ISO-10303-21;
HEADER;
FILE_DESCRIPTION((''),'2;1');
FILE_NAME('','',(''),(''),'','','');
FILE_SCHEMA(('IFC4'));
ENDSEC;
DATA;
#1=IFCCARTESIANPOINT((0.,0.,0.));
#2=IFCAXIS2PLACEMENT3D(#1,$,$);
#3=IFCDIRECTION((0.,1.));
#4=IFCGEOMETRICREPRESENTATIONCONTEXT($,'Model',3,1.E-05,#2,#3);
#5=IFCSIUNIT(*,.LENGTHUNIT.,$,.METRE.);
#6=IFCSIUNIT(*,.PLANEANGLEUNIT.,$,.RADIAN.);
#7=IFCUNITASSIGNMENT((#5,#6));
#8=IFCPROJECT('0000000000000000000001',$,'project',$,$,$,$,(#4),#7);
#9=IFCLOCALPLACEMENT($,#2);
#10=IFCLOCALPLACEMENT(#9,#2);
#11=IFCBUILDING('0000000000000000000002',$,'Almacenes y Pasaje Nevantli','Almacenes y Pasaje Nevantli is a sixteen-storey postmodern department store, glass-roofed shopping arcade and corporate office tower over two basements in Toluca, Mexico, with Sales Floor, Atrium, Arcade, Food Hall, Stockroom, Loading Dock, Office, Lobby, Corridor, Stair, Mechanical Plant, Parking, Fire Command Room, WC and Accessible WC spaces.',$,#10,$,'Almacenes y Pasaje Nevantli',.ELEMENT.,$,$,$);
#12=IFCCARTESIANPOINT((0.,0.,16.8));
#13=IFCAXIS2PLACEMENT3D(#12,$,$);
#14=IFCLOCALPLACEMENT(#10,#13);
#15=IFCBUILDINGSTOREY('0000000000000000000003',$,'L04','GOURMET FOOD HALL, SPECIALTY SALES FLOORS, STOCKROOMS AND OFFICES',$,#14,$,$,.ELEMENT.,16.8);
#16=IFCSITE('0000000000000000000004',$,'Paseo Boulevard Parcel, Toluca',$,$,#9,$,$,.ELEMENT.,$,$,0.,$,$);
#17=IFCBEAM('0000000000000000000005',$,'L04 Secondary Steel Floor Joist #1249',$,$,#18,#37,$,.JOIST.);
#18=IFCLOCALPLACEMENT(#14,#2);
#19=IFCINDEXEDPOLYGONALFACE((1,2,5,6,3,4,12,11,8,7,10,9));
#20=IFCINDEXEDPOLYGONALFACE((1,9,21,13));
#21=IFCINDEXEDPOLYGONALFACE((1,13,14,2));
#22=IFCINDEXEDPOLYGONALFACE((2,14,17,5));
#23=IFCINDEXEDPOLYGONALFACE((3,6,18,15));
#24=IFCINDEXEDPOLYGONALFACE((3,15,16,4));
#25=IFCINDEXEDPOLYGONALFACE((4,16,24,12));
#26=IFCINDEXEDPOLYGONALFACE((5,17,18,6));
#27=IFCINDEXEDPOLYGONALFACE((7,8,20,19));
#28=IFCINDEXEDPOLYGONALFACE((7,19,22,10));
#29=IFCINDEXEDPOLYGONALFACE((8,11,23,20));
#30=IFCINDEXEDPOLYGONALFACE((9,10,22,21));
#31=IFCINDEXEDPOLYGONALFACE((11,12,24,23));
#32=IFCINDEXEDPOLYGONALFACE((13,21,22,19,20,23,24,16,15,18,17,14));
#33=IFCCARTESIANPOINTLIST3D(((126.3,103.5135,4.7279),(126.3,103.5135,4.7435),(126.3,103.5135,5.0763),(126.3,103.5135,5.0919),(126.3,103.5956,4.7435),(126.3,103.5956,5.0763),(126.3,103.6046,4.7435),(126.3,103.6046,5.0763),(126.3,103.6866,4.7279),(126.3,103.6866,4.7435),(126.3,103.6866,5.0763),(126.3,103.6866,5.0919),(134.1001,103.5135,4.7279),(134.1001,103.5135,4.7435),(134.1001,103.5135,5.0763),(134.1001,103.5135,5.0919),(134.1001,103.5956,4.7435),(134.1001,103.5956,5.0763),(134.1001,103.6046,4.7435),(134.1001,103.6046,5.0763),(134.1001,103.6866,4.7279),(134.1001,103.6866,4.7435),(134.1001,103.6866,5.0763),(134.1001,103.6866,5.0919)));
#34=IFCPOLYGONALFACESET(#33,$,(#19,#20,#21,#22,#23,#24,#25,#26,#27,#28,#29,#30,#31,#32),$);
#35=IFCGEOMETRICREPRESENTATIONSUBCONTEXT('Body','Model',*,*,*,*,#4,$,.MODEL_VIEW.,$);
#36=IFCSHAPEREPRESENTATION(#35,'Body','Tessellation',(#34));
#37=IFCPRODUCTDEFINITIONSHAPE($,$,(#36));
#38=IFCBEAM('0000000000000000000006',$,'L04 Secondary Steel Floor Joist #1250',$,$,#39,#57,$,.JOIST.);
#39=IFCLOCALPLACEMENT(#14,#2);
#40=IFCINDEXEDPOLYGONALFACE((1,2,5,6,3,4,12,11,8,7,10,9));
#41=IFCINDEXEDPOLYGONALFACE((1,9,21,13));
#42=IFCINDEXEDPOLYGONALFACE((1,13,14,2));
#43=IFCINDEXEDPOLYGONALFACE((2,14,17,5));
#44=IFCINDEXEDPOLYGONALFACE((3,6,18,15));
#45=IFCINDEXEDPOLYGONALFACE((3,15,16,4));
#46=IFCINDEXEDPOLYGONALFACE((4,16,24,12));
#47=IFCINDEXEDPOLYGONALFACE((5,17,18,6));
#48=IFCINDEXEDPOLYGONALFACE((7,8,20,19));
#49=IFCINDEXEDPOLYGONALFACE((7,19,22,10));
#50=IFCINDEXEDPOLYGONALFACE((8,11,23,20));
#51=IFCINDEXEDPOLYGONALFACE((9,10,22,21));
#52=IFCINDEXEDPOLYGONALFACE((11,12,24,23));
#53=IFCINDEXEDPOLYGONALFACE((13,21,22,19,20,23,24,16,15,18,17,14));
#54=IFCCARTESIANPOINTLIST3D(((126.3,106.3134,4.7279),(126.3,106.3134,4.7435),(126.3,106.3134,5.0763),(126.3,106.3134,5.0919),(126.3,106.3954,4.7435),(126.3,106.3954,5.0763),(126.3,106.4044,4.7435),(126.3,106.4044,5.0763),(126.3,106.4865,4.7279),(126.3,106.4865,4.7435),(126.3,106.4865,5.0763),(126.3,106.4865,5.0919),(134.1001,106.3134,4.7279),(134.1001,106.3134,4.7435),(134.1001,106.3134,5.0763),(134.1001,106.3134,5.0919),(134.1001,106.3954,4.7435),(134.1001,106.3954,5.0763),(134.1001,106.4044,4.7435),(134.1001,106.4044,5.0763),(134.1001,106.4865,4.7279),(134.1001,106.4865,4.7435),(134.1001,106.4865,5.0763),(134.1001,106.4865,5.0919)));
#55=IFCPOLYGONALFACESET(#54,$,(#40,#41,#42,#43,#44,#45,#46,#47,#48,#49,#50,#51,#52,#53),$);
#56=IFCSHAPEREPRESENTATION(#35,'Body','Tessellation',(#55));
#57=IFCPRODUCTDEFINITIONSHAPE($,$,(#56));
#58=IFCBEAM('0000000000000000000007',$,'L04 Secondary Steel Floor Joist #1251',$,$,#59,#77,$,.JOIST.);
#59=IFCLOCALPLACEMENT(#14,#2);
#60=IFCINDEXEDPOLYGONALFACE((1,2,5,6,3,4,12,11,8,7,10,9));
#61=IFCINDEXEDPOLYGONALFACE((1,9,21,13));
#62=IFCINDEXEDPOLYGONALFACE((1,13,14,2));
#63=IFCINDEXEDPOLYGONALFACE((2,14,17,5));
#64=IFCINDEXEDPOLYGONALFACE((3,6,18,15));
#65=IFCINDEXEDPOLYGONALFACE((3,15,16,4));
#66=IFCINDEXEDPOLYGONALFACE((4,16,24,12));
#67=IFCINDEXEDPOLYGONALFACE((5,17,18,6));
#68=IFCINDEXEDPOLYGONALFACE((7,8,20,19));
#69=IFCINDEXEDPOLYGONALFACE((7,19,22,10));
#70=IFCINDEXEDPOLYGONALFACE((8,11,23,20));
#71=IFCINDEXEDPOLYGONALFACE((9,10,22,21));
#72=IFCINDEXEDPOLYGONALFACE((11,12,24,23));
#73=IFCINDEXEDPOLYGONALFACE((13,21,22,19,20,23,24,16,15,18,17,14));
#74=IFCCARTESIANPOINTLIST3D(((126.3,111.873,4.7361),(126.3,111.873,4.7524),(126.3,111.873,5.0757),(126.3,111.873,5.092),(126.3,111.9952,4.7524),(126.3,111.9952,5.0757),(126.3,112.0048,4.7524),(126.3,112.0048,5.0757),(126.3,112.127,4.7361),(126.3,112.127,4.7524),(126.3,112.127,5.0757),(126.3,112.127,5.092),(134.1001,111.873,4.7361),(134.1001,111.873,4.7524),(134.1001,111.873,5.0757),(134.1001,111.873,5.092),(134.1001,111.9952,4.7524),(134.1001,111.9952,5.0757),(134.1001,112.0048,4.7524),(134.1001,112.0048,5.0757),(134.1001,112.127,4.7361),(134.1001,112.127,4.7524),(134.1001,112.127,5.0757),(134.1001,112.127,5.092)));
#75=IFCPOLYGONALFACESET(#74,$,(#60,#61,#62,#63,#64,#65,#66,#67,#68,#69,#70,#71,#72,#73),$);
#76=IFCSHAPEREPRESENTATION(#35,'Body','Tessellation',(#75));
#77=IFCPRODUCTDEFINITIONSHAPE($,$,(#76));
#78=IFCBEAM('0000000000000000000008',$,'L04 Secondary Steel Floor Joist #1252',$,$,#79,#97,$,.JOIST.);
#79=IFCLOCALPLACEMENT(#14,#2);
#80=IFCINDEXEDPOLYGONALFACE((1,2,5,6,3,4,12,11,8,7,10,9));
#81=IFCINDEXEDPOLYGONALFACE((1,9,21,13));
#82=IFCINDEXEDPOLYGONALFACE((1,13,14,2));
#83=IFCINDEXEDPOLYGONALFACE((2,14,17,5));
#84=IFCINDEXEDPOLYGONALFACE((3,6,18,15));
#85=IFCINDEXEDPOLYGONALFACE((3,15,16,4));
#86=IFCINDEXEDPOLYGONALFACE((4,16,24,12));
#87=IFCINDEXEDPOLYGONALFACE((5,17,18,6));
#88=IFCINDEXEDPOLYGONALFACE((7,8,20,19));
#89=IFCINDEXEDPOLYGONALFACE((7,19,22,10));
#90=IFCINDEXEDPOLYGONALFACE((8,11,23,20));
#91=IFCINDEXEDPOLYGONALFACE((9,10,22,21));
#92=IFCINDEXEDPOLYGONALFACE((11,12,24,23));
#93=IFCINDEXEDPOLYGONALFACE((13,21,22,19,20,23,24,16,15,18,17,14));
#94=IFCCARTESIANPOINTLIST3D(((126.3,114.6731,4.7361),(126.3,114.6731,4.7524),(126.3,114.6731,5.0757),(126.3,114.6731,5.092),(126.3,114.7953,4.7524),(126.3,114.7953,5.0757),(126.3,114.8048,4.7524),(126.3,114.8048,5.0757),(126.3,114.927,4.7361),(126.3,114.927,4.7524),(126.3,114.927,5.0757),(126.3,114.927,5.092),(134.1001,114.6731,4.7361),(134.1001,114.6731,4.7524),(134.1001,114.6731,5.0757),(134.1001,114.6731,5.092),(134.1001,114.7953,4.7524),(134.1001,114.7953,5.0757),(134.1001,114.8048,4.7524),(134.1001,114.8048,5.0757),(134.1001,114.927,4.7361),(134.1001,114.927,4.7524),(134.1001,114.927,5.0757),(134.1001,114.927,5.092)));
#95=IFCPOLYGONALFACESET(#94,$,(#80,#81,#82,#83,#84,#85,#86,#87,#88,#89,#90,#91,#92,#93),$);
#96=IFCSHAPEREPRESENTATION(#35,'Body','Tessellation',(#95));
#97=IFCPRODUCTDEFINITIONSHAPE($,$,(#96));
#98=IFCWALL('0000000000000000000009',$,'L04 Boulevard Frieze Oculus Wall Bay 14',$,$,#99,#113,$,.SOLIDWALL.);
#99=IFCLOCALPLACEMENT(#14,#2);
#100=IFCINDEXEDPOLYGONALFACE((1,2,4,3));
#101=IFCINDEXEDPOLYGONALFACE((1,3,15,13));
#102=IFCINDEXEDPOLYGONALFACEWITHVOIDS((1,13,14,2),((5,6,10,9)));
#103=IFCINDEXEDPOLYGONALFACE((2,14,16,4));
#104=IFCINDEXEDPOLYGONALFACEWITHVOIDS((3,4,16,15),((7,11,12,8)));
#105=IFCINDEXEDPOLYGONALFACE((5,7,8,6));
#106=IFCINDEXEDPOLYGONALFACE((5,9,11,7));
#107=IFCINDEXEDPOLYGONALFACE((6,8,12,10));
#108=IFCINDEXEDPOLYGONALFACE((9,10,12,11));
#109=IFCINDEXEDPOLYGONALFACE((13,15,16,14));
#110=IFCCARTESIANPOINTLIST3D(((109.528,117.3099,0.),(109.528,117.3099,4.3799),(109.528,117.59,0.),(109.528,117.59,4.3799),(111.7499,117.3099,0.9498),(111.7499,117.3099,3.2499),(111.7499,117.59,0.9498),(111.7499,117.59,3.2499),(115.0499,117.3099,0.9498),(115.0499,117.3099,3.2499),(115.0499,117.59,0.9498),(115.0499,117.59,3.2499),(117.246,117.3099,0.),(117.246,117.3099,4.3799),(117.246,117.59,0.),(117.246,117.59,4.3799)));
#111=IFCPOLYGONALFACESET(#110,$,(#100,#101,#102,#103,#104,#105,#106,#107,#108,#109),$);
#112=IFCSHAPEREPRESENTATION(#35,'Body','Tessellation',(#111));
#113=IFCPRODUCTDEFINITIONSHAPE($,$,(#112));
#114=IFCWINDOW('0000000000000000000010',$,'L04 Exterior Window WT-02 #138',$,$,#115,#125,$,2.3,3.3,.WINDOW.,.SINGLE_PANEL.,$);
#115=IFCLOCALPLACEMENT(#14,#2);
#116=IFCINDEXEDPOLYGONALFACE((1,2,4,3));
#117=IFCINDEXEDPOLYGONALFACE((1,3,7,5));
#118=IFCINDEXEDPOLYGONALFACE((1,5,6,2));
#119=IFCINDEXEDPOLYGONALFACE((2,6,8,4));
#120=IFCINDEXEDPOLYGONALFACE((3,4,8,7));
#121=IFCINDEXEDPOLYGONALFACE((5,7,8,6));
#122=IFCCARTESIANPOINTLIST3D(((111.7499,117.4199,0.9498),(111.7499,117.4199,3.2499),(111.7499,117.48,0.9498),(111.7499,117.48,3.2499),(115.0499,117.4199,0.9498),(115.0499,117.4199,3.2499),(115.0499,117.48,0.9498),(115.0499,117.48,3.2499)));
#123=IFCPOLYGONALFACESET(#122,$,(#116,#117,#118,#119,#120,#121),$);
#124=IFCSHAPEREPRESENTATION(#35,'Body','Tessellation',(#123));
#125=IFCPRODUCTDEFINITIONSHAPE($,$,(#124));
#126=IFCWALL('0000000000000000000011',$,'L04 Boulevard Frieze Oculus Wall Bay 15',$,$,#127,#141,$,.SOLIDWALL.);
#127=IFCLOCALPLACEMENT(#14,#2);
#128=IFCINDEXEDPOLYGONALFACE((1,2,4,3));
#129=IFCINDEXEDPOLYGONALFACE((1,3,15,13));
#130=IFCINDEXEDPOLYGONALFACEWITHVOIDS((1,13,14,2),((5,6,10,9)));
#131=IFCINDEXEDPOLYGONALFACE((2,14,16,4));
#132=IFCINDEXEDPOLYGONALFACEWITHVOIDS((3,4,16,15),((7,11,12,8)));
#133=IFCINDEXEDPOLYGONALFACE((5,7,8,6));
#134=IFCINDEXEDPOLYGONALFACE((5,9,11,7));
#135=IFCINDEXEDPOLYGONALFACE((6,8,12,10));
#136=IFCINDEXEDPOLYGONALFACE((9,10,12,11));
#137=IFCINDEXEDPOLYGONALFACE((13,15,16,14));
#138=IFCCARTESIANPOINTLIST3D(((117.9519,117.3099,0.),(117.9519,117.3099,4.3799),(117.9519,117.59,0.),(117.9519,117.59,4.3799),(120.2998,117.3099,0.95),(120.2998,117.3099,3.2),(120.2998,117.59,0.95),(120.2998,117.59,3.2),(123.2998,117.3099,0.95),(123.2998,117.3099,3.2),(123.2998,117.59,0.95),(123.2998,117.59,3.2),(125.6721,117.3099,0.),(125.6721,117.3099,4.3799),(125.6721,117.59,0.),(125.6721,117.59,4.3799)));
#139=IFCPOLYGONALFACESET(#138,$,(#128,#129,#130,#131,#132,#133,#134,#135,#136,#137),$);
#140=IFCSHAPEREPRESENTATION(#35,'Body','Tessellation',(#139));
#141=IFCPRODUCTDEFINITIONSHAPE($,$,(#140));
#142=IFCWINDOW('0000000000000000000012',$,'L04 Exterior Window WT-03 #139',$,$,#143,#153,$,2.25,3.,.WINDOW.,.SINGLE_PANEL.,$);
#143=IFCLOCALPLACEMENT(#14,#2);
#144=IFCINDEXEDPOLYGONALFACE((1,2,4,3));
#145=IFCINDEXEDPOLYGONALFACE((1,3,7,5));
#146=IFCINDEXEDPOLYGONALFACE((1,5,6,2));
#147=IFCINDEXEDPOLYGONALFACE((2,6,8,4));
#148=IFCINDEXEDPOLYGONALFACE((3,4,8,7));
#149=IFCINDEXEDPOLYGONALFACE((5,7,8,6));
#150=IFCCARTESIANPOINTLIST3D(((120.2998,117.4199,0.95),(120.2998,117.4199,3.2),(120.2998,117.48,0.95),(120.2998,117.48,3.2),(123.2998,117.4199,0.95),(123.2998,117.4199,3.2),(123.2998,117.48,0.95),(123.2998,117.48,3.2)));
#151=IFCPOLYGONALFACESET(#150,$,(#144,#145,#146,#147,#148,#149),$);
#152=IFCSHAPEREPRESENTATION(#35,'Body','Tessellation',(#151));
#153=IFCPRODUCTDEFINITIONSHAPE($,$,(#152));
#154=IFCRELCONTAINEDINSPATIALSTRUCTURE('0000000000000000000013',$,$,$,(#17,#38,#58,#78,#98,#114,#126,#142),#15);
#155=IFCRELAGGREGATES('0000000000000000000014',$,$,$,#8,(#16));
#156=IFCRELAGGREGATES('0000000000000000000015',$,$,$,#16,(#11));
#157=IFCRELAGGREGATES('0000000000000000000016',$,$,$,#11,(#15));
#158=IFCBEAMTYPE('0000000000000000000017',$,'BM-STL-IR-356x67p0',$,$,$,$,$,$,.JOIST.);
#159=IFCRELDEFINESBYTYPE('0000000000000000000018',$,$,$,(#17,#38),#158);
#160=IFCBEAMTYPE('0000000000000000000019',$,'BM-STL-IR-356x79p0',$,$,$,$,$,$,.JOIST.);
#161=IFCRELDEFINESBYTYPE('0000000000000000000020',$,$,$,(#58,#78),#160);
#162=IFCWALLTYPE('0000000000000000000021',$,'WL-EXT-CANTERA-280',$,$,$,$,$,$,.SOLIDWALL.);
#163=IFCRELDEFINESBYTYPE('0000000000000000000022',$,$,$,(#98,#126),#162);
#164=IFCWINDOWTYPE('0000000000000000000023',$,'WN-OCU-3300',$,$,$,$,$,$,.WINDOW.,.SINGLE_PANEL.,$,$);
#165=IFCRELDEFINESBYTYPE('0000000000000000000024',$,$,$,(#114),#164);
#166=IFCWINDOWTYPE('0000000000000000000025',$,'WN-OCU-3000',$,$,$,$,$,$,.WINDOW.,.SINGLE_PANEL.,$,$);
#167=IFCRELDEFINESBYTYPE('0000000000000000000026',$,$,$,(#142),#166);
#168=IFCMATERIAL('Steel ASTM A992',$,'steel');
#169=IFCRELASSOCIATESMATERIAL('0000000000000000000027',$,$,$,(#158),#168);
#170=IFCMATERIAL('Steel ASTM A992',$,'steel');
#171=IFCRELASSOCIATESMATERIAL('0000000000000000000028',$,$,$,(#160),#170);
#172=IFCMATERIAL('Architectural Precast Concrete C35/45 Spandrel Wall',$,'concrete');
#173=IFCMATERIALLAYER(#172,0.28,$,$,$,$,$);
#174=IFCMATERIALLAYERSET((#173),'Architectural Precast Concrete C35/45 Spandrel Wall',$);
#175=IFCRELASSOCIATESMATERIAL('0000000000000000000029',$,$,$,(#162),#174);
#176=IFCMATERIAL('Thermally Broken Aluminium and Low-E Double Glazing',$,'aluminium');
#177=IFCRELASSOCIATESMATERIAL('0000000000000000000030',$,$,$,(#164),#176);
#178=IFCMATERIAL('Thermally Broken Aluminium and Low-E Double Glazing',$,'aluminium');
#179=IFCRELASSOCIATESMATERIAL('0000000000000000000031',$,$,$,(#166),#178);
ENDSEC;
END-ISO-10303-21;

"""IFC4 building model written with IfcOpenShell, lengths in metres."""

from ifc_helpers import new_model, si_unit, direction, frame, frame_2d, origin, origin_2d, place, context, subcontext, project, spatial, rectangle, i_section, extrude, material, layer, layer_set, material_profile, profile_set, type_object, element, fill, save


model = new_model("IFC4")

# Units and contexts
model_context = context("Model", 3, precision=1e-05, world=origin(), true_north=direction((0.0, 1.0)))
body_context = subcontext(model_context, "Body", "Model", "MODEL_VIEW")
ifc_project = project(units=[si_unit("LENGTHUNIT", "METRE"), si_unit("PLANEANGLEUNIT", "RADIAN")], contexts=[model_context])

# Site, building, storey
site_placement = place(None, origin())
site = spatial("IfcSite", under=ifc_project, at=site_placement, Name="Paseo Boulevard Parcel, Toluca", CompositionType="ELEMENT", RefElevation=0.0)
building_placement = place(site_placement, origin())
building = spatial("IfcBuilding", under=site, at=building_placement, Name="Almacenes y Pasaje Nevantli", Description="Almacenes y Pasaje Nevantli is a sixteen-storey postmodern department store, glass-roofed shopping arcade and corporate office tower over two basements in Toluca, Mexico, with Sales Floor, Atrium, Arcade, Food Hall, Stockroom, Loading Dock, Office, Lobby, Corridor, Stair, Mechanical Plant, Parking, Fire Command Room, WC and Accessible WC spaces.", LongName="Almacenes y Pasaje Nevantli", CompositionType="ELEMENT")
storey_placement = place(building_placement, frame((0.0, 0.0, 16.8)))
storey = spatial("IfcBuildingStorey", under=building, at=storey_placement, Name="L04", Description="GOURMET FOOD HALL, SPECIALTY SALES FLOORS, STOCKROOMS AND OFFICES", CompositionType="ELEMENT", Elevation=16.8)

# Beams
ifc_material_1 = material(Name="Steel ASTM A992", Category="steel")
ifc_material_profile_1 = material_profile(ifc_material_1, i_section(OverallWidth=0.1731, OverallDepth=0.364, WebThickness=0.009, FlangeThickness=0.0156, at=origin_2d()), Name="IR 356x67.0")
ifc_profile_set_1 = profile_set([ifc_material_profile_1], Name="Steel ASTM A992")
beam_type_1 = type_object("IfcBeamType", Name="BM-STL-IR-356x67p0", PredefinedType="JOIST", material=ifc_profile_set_1)
for number, where, z_axis, x_axis, name in (
    (1, (126.3, 103.6001, 4.9099), (1.0, 0.0, 0.0), (0.0, 1.0, 0.0), "L04 Secondary Steel Floor Joist #1249"),
    (2, (126.3, 106.3999, 4.9099), (1.0, 0.0, 0.0), (0.0, 1.0, 0.0), "L04 Secondary Steel Floor Joist #1250"),
):
    element("IfcBeam", number, at=place(storey_placement, frame(where, z_axis=z_axis, x_axis=x_axis)), inside=storey, type_object=beam_type_1, Name=name, PredefinedType="JOIST", context=body_context, shape_type="SweptSolid", body=[
        extrude(i_section(OverallWidth=0.1731, OverallDepth=0.364, WebThickness=0.009, FlangeThickness=0.0156, at=origin_2d()), origin(), (0.0, 0.0, 1.0), 7.8),
    ])
ifc_material_2 = material(Name="Steel ASTM A992", Category="steel")
ifc_material_profile_2 = material_profile(ifc_material_2, i_section(OverallWidth=0.2539, OverallDepth=0.356, WebThickness=0.0095, FlangeThickness=0.0164, at=origin_2d()), Name="IR 356x79.0")
ifc_profile_set_2 = profile_set([ifc_material_profile_2], Name="Steel ASTM A992")
beam_type_2 = type_object("IfcBeamType", Name="BM-STL-IR-356x79p0", PredefinedType="JOIST", material=ifc_profile_set_2)
for number, where, z_axis, x_axis, name in (
    (3, (126.3, 112.0, 4.9141), (1.0, 0.0, 0.0), (0.0, 1.0, 0.0), "L04 Secondary Steel Floor Joist #1251"),
    (4, (126.3, 114.8, 4.9141), (1.0, 0.0, 0.0), (0.0, 1.0, 0.0), "L04 Secondary Steel Floor Joist #1252"),
):
    element("IfcBeam", number, at=place(storey_placement, frame(where, z_axis=z_axis, x_axis=x_axis)), inside=storey, type_object=beam_type_2, Name=name, PredefinedType="JOIST", context=body_context, shape_type="SweptSolid", body=[
        extrude(i_section(OverallWidth=0.2539, OverallDepth=0.356, WebThickness=0.0095, FlangeThickness=0.0164, at=origin_2d()), origin(), (0.0, 0.0, 1.0), 7.8),
    ])

# Walls, openings, windows
ifc_material_3 = material(Name="Architectural Precast Concrete C35/45 Spandrel Wall", Category="concrete")
ifc_layer = layer(ifc_material_3, 0.28)
ifc_layer_set = layer_set([ifc_layer], Name="Architectural Precast Concrete C35/45 Spandrel Wall")
wall_type = type_object("IfcWallType", Name="WL-EXT-CANTERA-280", PredefinedType="SOLIDWALL", material=ifc_layer_set)
wall_1_placement = place(storey_placement, frame((109.5281, 117.45, 0.0), z_axis=(0.0, 0.0, 1.0), x_axis=(1.0, 0.0, 0.0)))
wall_1 = element("IfcWall", 5, at=wall_1_placement, inside=storey, type_object=wall_type, Name="L04 Boulevard Frieze Oculus Wall Bay 14", PredefinedType="SOLIDWALL", context=body_context, shape_type="SweptSolid", body=[
    extrude(rectangle(XDim=7.718, YDim=0.28, at=frame_2d((3.8589, 0.0))), origin(), (0.0, 0.0, 1.0), 4.3799),
])
opening_1_placement = place(wall_1_placement, frame((2.2219, 0.0, 0.95)))
opening_1 = element("IfcOpeningElement", 6, at=opening_1_placement, cuts=wall_1, PredefinedType="OPENING", context=body_context, shape_type="SweptSolid", body=[
    extrude(rectangle(XDim=3.3, YDim=2.3, at=frame_2d((1.6499, 1.1499))), frame((0.0, 0.1499, 0.0), z_axis=(0.0, -1.0, 0.0), x_axis=(1.0, 0.0, 0.0)), (0.0, 0.0, 1.0), 0.3),
])
ifc_material_4 = material(Name="Thermally Broken Aluminium and Low-E Double Glazing", Category="aluminium")
window_type_1 = type_object("IfcWindowType", Name="WN-OCU-3300", PartitioningType="SINGLE_PANEL", PredefinedType="WINDOW", material=ifc_material_4)
window_1_placement = place(opening_1_placement, origin())
window_1 = element("IfcWindow", 7, at=window_1_placement, inside=storey, type_object=window_type_1, Name="L04 Exterior Window WT-02 #138", OverallHeight=2.3, OverallWidth=3.3, PartitioningType="SINGLE_PANEL", PredefinedType="WINDOW", context=body_context, shape_type="SweptSolid", body=[
    extrude(rectangle(XDim=3.3, YDim=2.3, at=frame_2d((1.6499, 1.1499))), frame((0.0, 0.03, 0.0), z_axis=(0.0, -1.0, 0.0), x_axis=(1.0, 0.0, 0.0)), (0.0, 0.0, 1.0), 0.0601),
])
fill(opening_1, window_1)
wall_2_placement = place(storey_placement, frame((117.9519, 117.45, 0.0), z_axis=(0.0, 0.0, 1.0), x_axis=(1.0, 0.0, 0.0)))
wall_2 = element("IfcWall", 8, at=wall_2_placement, inside=storey, type_object=wall_type, Name="L04 Boulevard Frieze Oculus Wall Bay 15", PredefinedType="SOLIDWALL", context=body_context, shape_type="SweptSolid", body=[
    extrude(rectangle(XDim=7.7202, YDim=0.28, at=frame_2d((3.8601, 0.0))), origin(), (0.0, 0.0, 1.0), 4.3799),
])
opening_2_placement = place(wall_2_placement, frame((2.3479, 0.0, 0.95)))
opening_2 = element("IfcOpeningElement", 9, at=opening_2_placement, cuts=wall_2, PredefinedType="OPENING", context=body_context, shape_type="SweptSolid", body=[
    extrude(rectangle(XDim=3.0, YDim=2.25, at=frame_2d((1.5, 1.125))), frame((0.0, 0.1499, 0.0), z_axis=(0.0, -1.0, 0.0), x_axis=(1.0, 0.0, 0.0)), (0.0, 0.0, 1.0), 0.3),
])
ifc_material_5 = material(Name="Thermally Broken Aluminium and Low-E Double Glazing", Category="aluminium")
window_type_2 = type_object("IfcWindowType", Name="WN-OCU-3000", PartitioningType="SINGLE_PANEL", PredefinedType="WINDOW", material=ifc_material_5)
window_2_placement = place(opening_2_placement, origin())
window_2 = element("IfcWindow", 10, at=window_2_placement, inside=storey, type_object=window_type_2, Name="L04 Exterior Window WT-03 #139", OverallHeight=2.25, OverallWidth=3.0, PartitioningType="SINGLE_PANEL", PredefinedType="WINDOW", context=body_context, shape_type="SweptSolid", body=[
    extrude(rectangle(XDim=3.0, YDim=2.25, at=frame_2d((1.5, 1.125))), frame((0.0, 0.03, 0.0), z_axis=(0.0, -1.0, 0.0), x_axis=(1.0, 0.0, 0.0)), (0.0, 0.0, 1.0), 0.0601),
])
fill(opening_2, window_2)

save(model, "model.ifc")
